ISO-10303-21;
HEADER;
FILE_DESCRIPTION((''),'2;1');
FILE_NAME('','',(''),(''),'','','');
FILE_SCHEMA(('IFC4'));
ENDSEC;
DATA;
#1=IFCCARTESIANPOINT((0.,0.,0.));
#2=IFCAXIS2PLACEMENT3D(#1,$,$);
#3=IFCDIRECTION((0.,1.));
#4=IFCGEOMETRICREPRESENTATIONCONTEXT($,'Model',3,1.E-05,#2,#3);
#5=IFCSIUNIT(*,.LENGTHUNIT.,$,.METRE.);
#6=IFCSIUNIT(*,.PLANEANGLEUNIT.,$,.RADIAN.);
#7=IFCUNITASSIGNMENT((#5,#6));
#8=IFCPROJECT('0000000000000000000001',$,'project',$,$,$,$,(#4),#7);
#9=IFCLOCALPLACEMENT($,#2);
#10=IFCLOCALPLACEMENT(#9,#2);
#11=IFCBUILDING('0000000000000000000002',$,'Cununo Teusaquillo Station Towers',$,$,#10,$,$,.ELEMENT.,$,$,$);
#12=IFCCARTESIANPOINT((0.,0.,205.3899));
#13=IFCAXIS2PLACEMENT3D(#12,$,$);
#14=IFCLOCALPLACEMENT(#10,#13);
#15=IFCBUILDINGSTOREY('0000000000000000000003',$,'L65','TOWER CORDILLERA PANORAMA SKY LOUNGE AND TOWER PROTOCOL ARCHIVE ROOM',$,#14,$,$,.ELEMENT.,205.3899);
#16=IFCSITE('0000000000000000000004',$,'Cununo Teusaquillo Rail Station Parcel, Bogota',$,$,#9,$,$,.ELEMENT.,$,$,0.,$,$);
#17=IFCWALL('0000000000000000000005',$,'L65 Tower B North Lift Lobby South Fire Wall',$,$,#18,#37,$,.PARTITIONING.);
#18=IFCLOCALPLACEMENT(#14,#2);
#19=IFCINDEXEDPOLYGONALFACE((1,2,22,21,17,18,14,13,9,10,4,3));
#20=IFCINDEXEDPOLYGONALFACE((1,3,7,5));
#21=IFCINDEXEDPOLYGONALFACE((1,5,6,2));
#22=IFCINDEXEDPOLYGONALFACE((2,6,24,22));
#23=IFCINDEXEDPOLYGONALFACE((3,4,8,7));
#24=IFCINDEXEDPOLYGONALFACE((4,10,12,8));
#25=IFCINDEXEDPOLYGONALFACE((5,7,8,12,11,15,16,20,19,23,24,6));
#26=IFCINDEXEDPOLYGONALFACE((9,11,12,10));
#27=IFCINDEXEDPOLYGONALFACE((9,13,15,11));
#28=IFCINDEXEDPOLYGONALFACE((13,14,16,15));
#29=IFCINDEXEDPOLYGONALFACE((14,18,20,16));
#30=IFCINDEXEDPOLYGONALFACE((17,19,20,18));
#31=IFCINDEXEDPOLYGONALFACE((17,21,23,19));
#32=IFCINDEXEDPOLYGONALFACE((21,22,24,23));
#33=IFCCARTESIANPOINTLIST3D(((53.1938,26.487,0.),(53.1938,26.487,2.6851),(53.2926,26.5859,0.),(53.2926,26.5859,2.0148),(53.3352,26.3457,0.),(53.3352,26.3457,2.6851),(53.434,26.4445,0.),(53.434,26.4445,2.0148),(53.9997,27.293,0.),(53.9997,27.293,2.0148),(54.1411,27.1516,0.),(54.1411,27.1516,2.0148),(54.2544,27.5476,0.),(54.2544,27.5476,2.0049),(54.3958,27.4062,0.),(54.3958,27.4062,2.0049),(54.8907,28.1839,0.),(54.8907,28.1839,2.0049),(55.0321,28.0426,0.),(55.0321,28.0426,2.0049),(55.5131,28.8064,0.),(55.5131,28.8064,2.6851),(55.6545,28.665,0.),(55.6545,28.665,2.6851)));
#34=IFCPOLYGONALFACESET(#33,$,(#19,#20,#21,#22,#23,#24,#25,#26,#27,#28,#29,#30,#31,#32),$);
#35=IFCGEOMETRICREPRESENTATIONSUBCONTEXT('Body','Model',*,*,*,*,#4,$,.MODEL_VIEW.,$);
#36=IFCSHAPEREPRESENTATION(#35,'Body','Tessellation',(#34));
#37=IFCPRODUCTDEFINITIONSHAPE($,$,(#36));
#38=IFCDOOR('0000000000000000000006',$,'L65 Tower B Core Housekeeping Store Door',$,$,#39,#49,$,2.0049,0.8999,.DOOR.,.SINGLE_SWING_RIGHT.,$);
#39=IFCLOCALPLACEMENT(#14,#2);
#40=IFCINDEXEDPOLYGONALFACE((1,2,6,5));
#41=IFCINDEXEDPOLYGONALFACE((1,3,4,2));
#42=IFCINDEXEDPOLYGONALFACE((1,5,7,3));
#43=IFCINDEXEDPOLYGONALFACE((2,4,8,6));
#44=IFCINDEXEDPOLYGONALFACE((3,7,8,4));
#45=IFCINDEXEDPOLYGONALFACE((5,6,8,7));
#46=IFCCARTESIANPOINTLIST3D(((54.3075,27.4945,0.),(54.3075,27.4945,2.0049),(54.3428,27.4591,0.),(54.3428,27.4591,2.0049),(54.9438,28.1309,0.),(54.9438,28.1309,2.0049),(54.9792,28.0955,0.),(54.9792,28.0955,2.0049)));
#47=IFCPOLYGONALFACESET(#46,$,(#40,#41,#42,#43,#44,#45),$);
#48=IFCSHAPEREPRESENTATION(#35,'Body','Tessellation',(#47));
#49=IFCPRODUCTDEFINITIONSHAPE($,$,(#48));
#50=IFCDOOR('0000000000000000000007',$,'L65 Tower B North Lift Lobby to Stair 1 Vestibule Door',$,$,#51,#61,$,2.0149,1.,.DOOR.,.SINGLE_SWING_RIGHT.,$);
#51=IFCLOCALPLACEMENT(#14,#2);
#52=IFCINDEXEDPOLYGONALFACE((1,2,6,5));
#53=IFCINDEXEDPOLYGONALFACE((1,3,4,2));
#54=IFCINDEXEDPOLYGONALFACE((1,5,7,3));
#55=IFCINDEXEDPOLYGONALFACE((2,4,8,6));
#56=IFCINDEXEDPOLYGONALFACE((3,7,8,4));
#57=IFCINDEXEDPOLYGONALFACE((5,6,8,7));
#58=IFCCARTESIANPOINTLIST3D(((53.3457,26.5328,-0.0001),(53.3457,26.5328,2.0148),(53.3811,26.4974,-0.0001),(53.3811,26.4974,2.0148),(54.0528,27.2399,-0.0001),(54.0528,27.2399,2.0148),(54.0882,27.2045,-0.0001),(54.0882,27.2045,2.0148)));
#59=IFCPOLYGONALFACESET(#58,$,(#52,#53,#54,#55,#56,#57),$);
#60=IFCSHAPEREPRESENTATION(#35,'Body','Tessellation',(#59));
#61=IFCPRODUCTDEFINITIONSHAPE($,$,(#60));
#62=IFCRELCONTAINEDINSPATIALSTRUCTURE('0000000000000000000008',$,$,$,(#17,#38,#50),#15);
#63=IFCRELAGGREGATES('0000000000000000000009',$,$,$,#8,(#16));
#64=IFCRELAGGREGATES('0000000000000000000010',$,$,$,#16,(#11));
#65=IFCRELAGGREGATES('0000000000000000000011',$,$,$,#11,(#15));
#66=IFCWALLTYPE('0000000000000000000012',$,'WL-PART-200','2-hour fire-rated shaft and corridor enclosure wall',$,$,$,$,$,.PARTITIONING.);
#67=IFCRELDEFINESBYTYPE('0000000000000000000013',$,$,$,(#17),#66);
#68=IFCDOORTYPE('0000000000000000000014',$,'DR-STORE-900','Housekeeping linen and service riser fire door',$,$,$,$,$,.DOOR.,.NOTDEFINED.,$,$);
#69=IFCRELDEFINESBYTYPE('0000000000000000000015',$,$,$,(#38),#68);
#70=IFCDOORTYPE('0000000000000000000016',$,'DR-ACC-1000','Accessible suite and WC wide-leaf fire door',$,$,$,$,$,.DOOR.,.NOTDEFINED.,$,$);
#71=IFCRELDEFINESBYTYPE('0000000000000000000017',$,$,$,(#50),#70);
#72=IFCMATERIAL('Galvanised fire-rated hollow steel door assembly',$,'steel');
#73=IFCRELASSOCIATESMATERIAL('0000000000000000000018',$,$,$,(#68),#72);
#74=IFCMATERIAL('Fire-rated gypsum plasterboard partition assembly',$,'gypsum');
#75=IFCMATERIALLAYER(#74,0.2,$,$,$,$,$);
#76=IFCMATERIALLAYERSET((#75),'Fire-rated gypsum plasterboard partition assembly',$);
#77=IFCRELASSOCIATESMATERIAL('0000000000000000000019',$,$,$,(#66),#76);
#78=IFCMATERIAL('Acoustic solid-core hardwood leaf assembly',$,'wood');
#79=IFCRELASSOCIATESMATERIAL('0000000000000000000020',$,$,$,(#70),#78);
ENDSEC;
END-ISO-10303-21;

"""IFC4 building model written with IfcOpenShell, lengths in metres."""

from ifc_helpers import new_model, si_unit, direction, frame, frame_2d, origin, place, context, subcontext, project, spatial, rectangle, extrude, source, transform, mapped, material, layer, layer_set, type_object, element, fill, save


model = new_model("IFC4")

# Units and contexts
model_context = context("Model", 3, precision=1e-05, world=origin(), true_north=direction((0.0, 1.0)))
body_context = subcontext(model_context, "Body", "Model", "MODEL_VIEW")
ifc_project = project(units=[si_unit("LENGTHUNIT", "METRE"), si_unit("PLANEANGLEUNIT", "RADIAN")], contexts=[model_context])

# Site, building, storey
site_placement = place(None, origin())
site = spatial("IfcSite", under=ifc_project, at=site_placement, Name="Cununo Teusaquillo Rail Station Parcel, Bogota", CompositionType="ELEMENT", RefElevation=0.0)
building_placement = place(site_placement, origin())
building = spatial("IfcBuilding", under=site, at=building_placement, Name="Cununo Teusaquillo Station Towers", CompositionType="ELEMENT")
storey_placement = place(building_placement, frame((0.0, 0.0, 205.3899)))
storey = spatial("IfcBuildingStorey", under=building, at=storey_placement, Name="L65", Description="TOWER CORDILLERA PANORAMA SKY LOUNGE AND TOWER PROTOCOL ARCHIVE ROOM", CompositionType="ELEMENT", Elevation=205.3899)

# Shared definitions
ifc_material_1 = material(Name="Galvanised fire-rated hollow steel door assembly", Category="steel")
door_type_1 = type_object("IfcDoorType", Name="DR-STORE-900", Description="Housekeeping linen and service riser fire door", OperationType="NOTDEFINED", PredefinedType="DOOR", material=ifc_material_1)
shared_shape_1 = source(origin(), body_context, "Body", "SweptSolid", [
    extrude(rectangle(XDim=0.8999, YDim=2.0049, at=frame_2d((0.45, 1.0024))), frame((0.0, 0.0249, 0.0), z_axis=(0.0, -1.0, 0.0), x_axis=(1.0, 0.0, 0.0)), (0.0, 0.0, 1.0), 0.05),
])

# Wall, openings, doors
ifc_material_2 = material(Name="Fire-rated gypsum plasterboard partition assembly", Category="gypsum")
ifc_layer_1 = layer(ifc_material_2, 0.2)
ifc_layer_set_1 = layer_set([ifc_layer_1], Name="Fire-rated gypsum plasterboard partition assembly")
wall_type_1 = type_object("IfcWallType", Name="WL-PART-200", Description="2-hour fire-rated shaft and corridor enclosure wall", PredefinedType="PARTITIONING", material=ifc_layer_set_1)
wall_1_placement = place(storey_placement, frame((53.2644, 26.4163, 0.0), z_axis=(0.0, 0.0, 1.0), x_axis=(0.707107, 0.707107, 0.0)))
wall_1 = element("IfcWall", 1, at=wall_1_placement, inside=storey, type_object=wall_type_1, Name="L65 Tower B North Lift Lobby South Fire Wall", PredefinedType="PARTITIONING", context=body_context, shape_type="SweptSolid", body=[
    extrude(rectangle(XDim=3.28, YDim=0.2, at=frame_2d((1.6401, 0.0))), origin(), (0.0, 0.0, 1.0), 2.6851),
])
shared_shape_2 = source(origin(), body_context, "Body", "SweptSolid", [
    extrude(rectangle(XDim=1.0, YDim=2.0149, at=frame_2d((0.5, 1.0073))), frame((0.0, 0.1099, 0.0), z_axis=(0.0, -1.0, 0.0), x_axis=(1.0, 0.0, 0.0)), (0.0, 0.0, 1.0), 0.22),
])
opening_1_placement = place(wall_1_placement, frame((0.1399, 0.0, 0.0)))
opening_1 = element("IfcOpeningElement", 2, at=opening_1_placement, cuts=wall_1, PredefinedType="OPENING", context=body_context, shape_type="MappedRepresentation", body=[
    mapped(shared_shape_2, transform((0.0, 0.0, 0.0), x_axis=(1.0, 0.0, 0.0), y_axis=(0.0, 1.0, 0.0), z_axis=(0.0, 0.0, 1.0), scale=1.0)),
])
shared_shape_3 = source(origin(), body_context, "Body", "SweptSolid", [
    extrude(rectangle(XDim=0.8999, YDim=2.0049, at=frame_2d((0.45, 1.0024))), frame((0.0, 0.1099, 0.0), z_axis=(0.0, -1.0, 0.0), x_axis=(1.0, 0.0, 0.0)), (0.0, 0.0, 1.0), 0.22),
])
opening_2_placement = place(wall_1_placement, frame((1.5, 0.0, 0.0)))
opening_2 = element("IfcOpeningElement", 3, at=opening_2_placement, cuts=wall_1, PredefinedType="OPENING", context=body_context, shape_type="MappedRepresentation", body=[
    mapped(shared_shape_3, transform((0.0, 0.0, 0.0), x_axis=(1.0, 0.0, 0.0), y_axis=(0.0, 1.0, 0.0), z_axis=(0.0, 0.0, 1.0), scale=1.0)),
])
door_1_placement = place(opening_2_placement, origin())
door_1 = element("IfcDoor", 4, at=door_1_placement, inside=storey, type_object=door_type_1, Name="L65 Tower B Core Housekeeping Store Door", OperationType="SINGLE_SWING_RIGHT", OverallHeight=2.0049, OverallWidth=0.8999, PredefinedType="DOOR", context=body_context, shape_type="MappedRepresentation", body=[
    mapped(shared_shape_1, transform((0.0, 0.0, 0.0), x_axis=(1.0, 0.0, 0.0), y_axis=(0.0, 1.0, 0.0), z_axis=(0.0, 0.0, 1.0), scale=1.0)),
])
fill(opening_2, door_1)
ifc_material_3 = material(Name="Acoustic solid-core hardwood leaf assembly", Category="wood")
door_type_2 = type_object("IfcDoorType", Name="DR-ACC-1000", Description="Accessible suite and WC wide-leaf fire door", OperationType="NOTDEFINED", PredefinedType="DOOR", material=ifc_material_3)
shared_shape_4 = source(origin(), body_context, "Body", "SweptSolid", [
    extrude(rectangle(XDim=1.0, YDim=2.0149, at=frame_2d((0.5, 1.0073))), frame((0.0, 0.0249, 0.0), z_axis=(0.0, -1.0, 0.0), x_axis=(1.0, 0.0, 0.0)), (0.0, 0.0, 1.0), 0.05),
])
door_2_placement = place(opening_1_placement, origin())
door_2 = element("IfcDoor", 5, at=door_2_placement, inside=storey, type_object=door_type_2, Name="L65 Tower B North Lift Lobby to Stair 1 Vestibule Door", OperationType="SINGLE_SWING_RIGHT", OverallHeight=2.0149, OverallWidth=1.0, PredefinedType="DOOR", context=body_context, shape_type="MappedRepresentation", body=[
    mapped(shared_shape_4, transform((0.0, 0.0, 0.0), x_axis=(1.0, 0.0, 0.0), y_axis=(0.0, 1.0, 0.0), z_axis=(0.0, 0.0, 1.0), scale=1.0)),
])
fill(opening_1, door_2)

save(model, "model.ifc")
